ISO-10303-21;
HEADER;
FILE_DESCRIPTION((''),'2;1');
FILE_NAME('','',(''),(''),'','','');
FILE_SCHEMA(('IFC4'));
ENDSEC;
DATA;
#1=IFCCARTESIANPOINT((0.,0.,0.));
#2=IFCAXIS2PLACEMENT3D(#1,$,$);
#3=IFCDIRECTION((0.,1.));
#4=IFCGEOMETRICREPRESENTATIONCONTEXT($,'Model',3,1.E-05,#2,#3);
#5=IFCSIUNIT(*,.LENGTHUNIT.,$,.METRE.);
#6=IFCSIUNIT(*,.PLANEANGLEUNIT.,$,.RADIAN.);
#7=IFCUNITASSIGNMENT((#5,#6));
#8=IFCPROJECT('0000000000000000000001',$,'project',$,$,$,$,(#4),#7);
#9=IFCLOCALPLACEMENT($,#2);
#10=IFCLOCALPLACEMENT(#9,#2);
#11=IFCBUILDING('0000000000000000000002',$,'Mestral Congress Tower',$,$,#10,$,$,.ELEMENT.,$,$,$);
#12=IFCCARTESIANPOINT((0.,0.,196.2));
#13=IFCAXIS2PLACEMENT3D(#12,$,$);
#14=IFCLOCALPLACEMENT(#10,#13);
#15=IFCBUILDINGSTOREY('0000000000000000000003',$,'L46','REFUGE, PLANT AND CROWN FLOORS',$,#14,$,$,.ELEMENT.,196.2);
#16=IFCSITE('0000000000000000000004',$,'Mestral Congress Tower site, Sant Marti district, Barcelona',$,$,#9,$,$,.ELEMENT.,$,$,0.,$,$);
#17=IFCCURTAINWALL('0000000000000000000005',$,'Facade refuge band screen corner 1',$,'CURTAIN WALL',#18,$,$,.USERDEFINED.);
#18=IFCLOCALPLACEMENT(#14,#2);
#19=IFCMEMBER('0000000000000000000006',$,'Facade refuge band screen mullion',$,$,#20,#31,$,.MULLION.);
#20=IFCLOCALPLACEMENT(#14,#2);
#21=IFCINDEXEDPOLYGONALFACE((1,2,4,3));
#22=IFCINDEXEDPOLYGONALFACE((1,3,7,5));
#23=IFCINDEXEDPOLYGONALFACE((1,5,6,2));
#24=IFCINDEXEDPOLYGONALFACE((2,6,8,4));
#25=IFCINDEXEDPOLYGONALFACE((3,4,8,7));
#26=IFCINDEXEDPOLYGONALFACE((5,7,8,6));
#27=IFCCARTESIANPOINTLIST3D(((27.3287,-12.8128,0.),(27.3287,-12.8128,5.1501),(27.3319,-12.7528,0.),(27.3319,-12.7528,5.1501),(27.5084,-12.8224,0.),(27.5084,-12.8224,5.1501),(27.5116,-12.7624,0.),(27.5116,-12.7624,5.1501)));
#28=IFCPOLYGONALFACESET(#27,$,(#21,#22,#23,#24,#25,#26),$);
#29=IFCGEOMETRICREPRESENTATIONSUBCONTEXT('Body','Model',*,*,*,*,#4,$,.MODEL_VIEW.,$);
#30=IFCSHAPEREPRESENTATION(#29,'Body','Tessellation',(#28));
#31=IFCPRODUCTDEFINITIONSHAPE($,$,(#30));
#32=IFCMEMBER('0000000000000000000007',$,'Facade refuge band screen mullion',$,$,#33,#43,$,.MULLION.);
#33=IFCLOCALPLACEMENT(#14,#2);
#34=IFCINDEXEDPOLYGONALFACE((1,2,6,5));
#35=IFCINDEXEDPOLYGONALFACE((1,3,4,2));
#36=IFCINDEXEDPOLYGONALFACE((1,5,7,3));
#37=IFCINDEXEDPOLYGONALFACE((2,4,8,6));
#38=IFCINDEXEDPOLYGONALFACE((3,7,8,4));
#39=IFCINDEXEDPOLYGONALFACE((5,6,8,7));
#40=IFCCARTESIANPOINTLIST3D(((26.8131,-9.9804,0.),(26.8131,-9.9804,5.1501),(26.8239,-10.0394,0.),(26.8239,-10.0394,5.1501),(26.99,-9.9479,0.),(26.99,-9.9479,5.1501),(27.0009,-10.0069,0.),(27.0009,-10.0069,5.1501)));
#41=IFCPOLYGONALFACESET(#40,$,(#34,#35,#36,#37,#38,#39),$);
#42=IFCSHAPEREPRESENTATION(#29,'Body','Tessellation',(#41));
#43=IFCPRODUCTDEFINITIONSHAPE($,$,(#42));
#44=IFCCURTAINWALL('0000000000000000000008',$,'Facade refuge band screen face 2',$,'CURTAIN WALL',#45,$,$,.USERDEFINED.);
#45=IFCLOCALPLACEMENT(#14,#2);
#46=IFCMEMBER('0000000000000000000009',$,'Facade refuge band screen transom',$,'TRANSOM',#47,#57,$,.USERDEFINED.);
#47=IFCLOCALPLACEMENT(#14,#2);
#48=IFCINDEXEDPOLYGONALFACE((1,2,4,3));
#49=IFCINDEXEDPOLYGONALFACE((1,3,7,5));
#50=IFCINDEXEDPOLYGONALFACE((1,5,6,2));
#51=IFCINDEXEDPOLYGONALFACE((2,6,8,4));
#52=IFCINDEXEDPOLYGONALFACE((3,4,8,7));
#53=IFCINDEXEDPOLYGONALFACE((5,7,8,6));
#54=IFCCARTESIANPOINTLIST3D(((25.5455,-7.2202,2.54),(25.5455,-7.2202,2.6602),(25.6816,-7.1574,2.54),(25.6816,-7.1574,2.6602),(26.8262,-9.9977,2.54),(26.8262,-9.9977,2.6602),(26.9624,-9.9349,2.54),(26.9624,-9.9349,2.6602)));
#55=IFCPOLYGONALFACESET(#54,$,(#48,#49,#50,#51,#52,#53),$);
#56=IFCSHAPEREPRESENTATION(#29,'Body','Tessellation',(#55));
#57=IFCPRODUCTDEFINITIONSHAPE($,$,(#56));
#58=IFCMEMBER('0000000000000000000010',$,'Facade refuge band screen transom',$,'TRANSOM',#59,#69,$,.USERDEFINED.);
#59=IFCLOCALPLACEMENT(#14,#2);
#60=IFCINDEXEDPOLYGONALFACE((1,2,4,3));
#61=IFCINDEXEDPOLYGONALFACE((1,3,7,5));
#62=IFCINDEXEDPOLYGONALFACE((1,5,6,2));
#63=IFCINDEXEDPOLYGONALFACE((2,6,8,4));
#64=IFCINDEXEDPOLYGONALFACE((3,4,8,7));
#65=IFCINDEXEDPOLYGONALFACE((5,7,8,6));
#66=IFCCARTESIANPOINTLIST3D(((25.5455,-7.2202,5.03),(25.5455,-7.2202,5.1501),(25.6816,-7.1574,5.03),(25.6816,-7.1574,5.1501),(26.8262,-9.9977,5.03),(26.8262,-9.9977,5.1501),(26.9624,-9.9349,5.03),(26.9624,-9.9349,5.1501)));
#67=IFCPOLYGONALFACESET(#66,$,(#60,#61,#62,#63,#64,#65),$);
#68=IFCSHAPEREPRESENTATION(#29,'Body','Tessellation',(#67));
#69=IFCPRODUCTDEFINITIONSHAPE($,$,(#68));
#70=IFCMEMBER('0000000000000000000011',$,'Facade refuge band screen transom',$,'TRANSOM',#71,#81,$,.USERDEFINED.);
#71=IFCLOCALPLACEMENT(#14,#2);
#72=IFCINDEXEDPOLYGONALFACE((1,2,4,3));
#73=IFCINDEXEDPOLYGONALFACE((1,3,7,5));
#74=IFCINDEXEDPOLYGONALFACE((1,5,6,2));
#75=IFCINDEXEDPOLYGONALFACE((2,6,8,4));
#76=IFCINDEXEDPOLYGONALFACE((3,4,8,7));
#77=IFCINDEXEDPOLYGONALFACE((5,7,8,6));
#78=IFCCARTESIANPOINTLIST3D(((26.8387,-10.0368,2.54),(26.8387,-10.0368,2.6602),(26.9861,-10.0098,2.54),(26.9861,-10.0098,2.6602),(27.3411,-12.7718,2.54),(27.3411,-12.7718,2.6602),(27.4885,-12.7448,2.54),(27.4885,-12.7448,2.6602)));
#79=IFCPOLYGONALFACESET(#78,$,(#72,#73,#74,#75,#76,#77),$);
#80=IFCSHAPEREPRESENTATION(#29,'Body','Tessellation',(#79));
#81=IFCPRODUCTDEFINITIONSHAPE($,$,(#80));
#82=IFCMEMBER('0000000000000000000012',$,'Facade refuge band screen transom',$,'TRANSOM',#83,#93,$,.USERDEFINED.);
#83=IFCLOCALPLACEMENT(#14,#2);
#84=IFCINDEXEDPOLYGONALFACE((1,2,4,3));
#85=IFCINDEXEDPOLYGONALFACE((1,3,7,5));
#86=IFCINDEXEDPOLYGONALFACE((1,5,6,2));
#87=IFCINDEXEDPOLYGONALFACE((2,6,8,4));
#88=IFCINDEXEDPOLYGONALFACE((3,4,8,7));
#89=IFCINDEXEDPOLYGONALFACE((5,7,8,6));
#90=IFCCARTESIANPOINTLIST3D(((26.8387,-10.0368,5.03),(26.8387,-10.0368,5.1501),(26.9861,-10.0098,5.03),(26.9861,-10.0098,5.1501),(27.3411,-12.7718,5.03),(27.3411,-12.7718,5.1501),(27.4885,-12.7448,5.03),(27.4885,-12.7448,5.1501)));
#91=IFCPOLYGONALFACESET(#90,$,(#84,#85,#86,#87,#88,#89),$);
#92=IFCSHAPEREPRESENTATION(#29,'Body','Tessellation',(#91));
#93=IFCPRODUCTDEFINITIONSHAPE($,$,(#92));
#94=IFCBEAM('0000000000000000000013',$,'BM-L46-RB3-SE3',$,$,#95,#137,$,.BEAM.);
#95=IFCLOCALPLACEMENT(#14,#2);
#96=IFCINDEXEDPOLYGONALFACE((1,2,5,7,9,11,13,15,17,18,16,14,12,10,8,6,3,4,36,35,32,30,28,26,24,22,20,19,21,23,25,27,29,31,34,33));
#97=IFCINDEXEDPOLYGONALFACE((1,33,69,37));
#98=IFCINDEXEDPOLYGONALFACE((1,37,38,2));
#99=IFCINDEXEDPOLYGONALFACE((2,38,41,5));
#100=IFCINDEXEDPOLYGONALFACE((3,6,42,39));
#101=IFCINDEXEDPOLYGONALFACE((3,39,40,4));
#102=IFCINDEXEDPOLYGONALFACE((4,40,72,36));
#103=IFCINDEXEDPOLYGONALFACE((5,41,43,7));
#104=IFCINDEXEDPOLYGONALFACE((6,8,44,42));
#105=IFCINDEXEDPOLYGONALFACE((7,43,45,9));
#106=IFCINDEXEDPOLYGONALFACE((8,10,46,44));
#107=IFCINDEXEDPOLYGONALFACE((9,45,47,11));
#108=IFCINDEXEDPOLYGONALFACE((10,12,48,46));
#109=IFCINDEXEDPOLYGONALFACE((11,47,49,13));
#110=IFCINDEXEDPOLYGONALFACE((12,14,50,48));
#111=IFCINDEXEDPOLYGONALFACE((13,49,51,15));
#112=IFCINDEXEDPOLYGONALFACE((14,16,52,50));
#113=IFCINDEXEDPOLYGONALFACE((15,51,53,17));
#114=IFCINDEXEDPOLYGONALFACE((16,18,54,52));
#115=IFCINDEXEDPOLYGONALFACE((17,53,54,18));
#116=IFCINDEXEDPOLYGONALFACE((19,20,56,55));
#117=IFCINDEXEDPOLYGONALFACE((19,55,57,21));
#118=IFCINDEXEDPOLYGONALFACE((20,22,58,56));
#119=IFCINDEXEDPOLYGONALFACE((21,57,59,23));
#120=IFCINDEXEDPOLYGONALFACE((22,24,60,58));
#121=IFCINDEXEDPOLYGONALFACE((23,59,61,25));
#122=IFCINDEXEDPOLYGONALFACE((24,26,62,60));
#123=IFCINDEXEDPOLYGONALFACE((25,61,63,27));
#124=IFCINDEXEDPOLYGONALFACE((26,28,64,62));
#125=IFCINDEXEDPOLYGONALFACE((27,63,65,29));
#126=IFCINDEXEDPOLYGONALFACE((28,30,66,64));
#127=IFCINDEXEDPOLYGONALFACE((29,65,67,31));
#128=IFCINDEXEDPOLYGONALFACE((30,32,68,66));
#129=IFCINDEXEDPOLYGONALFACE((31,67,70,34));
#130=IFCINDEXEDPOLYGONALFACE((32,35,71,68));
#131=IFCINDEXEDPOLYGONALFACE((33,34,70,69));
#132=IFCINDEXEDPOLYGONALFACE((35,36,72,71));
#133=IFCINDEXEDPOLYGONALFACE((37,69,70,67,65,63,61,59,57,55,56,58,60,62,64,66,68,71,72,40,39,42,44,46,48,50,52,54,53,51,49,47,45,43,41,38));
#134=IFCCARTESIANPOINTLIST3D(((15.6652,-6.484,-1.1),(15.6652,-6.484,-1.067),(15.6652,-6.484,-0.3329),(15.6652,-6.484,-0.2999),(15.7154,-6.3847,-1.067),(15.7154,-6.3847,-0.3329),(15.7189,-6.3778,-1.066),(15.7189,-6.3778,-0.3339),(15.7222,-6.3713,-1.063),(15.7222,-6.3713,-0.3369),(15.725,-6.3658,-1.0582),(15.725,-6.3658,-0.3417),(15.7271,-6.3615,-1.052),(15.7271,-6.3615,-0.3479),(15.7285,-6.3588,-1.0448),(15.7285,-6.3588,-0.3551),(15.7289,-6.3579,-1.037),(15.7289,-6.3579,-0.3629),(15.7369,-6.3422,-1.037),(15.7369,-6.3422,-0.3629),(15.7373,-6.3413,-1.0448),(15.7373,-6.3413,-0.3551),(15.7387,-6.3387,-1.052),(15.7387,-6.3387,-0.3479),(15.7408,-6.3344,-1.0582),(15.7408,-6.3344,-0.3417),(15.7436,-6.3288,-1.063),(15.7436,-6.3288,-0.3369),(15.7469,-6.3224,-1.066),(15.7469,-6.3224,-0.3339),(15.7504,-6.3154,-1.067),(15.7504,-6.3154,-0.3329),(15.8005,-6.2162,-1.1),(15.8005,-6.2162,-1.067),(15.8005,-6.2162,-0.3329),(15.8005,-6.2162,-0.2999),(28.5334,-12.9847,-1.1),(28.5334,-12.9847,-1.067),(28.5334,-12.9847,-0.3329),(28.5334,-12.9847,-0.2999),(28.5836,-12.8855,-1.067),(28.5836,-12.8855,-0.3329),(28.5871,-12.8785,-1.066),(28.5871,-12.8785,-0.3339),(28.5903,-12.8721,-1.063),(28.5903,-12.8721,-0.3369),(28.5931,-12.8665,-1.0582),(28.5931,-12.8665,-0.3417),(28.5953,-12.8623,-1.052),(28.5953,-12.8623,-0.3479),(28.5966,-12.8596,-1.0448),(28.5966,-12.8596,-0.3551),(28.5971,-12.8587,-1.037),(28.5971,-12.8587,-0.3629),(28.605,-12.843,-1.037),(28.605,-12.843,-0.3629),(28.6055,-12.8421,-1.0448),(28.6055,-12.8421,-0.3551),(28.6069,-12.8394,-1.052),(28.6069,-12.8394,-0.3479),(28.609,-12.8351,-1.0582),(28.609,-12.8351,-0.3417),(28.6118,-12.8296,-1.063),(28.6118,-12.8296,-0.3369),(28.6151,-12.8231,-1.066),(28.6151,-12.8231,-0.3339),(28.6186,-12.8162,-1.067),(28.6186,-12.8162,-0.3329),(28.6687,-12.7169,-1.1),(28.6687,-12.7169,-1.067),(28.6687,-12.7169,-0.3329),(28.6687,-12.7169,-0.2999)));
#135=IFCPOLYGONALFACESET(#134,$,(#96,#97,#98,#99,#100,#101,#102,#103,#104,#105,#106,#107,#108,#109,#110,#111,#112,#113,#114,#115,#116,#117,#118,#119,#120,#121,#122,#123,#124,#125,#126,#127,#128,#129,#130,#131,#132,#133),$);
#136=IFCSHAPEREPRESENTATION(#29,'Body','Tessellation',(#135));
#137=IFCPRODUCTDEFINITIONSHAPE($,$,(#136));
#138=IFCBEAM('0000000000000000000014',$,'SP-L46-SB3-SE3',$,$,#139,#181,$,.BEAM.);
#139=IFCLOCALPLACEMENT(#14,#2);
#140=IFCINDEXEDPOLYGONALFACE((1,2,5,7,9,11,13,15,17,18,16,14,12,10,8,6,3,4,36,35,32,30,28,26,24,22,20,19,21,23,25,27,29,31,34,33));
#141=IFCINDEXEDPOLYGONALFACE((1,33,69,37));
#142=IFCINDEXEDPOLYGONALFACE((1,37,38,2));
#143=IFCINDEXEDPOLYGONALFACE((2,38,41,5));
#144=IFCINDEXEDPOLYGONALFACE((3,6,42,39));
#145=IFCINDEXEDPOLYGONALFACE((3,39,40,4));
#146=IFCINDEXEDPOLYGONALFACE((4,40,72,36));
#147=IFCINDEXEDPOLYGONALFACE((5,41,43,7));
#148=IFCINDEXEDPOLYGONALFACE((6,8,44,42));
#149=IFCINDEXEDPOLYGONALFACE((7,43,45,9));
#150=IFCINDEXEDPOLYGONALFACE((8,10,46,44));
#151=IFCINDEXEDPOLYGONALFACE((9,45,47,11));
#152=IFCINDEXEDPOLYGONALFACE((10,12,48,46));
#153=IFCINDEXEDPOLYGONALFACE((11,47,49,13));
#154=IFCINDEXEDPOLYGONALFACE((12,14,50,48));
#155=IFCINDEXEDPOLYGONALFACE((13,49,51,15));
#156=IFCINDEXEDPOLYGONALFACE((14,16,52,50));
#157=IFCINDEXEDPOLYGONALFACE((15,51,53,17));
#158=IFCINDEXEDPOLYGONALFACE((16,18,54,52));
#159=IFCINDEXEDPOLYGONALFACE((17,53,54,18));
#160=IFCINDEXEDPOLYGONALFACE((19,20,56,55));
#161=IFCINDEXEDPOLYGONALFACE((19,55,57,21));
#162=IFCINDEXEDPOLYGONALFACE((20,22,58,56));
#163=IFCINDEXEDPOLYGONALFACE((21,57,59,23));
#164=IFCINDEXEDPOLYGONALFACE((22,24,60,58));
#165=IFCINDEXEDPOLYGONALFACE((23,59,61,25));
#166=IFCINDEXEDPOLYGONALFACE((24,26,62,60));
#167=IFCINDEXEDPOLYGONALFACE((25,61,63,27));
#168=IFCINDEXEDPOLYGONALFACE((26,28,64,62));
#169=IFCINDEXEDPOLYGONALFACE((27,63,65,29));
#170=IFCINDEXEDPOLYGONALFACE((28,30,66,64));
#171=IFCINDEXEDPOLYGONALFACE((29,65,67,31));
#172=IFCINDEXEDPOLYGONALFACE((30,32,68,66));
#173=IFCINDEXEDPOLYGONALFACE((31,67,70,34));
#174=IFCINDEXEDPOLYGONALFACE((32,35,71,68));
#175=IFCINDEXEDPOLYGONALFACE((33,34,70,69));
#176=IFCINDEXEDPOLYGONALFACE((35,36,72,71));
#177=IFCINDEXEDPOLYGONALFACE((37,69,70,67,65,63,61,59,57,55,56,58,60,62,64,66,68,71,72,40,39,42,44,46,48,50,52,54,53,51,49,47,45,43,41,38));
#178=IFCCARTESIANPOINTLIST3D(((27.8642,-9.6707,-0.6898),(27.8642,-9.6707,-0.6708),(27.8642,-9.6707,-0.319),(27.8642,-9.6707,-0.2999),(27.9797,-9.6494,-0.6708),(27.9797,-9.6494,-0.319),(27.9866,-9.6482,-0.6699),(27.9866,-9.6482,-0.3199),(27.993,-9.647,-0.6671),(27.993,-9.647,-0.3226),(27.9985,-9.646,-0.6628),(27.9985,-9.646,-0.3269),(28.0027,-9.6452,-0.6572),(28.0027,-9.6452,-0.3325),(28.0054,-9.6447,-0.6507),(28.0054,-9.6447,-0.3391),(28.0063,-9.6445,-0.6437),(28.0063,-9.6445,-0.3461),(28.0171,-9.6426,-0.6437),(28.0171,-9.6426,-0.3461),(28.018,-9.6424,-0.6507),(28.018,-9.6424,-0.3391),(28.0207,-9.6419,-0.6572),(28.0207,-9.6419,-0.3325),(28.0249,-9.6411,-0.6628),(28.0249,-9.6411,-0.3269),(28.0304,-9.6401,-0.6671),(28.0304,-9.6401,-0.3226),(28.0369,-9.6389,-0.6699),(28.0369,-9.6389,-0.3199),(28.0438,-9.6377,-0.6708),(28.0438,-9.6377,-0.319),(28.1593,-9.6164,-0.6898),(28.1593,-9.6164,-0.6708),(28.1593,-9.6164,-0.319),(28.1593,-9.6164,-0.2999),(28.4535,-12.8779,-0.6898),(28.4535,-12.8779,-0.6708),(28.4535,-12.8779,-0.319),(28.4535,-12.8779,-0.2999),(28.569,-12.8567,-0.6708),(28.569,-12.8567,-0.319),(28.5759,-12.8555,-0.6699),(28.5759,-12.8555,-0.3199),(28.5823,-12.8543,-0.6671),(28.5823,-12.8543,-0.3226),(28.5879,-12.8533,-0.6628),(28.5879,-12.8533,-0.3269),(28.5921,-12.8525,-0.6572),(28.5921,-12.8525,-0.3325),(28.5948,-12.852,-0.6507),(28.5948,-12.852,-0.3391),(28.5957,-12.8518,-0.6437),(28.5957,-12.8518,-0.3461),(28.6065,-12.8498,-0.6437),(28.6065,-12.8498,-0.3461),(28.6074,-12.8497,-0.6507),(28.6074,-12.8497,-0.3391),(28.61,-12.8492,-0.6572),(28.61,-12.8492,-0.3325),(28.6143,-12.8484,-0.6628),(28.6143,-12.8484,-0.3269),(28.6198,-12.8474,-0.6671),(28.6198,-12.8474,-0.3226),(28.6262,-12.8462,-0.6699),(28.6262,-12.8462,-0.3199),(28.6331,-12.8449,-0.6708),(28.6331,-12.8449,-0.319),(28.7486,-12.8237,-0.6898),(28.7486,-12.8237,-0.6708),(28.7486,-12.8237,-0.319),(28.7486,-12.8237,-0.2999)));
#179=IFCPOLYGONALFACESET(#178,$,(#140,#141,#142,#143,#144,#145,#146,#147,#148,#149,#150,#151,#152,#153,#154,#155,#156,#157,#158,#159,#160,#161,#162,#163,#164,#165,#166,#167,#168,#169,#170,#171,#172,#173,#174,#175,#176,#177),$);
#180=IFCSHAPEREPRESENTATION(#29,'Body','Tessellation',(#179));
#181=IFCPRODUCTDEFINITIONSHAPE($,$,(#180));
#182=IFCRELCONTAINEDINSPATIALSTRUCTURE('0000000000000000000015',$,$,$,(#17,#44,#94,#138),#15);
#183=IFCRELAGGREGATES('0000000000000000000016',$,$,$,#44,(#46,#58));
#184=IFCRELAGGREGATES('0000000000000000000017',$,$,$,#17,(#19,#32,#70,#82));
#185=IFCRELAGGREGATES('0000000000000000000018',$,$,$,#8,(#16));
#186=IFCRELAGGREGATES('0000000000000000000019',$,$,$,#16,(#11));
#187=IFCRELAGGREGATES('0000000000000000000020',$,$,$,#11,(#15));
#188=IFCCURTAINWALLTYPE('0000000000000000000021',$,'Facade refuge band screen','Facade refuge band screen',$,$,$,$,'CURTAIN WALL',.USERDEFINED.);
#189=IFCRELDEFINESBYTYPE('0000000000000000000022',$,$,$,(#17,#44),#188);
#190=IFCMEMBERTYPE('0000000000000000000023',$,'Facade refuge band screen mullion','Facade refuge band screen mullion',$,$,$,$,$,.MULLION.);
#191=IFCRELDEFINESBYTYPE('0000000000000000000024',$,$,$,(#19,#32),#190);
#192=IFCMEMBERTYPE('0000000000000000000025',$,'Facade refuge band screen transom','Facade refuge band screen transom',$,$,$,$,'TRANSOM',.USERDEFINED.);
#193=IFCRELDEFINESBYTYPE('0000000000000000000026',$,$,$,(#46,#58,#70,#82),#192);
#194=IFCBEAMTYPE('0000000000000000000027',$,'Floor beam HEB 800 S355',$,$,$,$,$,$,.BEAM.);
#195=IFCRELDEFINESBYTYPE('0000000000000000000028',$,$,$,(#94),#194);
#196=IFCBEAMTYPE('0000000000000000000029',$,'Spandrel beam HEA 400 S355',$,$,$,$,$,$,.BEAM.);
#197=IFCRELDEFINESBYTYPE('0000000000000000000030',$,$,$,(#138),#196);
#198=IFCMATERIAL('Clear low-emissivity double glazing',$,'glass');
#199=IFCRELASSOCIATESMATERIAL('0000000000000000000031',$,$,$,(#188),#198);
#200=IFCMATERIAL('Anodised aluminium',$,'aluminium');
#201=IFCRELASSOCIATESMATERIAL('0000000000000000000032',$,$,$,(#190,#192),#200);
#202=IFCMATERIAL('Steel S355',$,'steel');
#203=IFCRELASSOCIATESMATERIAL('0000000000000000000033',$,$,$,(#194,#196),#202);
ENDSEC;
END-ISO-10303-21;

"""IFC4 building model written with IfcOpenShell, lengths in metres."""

from ifc_helpers import new_model, si_unit, direction, frame, origin, origin_2d, place, context, subcontext, project, spatial, rectangle, i_section, extrude, material, material_profile, profile_set, type_object, element, aggregate, save


model = new_model("IFC4")

# Units and contexts
model_context = context("Model", 3, precision=1e-05, world=origin(), true_north=direction((0.0, 1.0)))
body_context = subcontext(model_context, "Body", "Model", "MODEL_VIEW")
ifc_project = project(units=[si_unit("LENGTHUNIT", "METRE"), si_unit("PLANEANGLEUNIT", "RADIAN")], contexts=[model_context])

# Site, building, storey
site_placement = place(None, origin())
site = spatial("IfcSite", under=ifc_project, at=site_placement, Name="Mestral Congress Tower site, Sant Marti district, Barcelona", CompositionType="ELEMENT", RefElevation=0.0)
building_placement = place(site_placement, origin())
building = spatial("IfcBuilding", under=site, at=building_placement, Name="Mestral Congress Tower", CompositionType="ELEMENT")
storey_placement = place(building_placement, frame((0.0, 0.0, 196.2)))
storey = spatial("IfcBuildingStorey", under=building, at=storey_placement, Name="L46", Description="REFUGE, PLANT AND CROWN FLOORS", CompositionType="ELEMENT", Elevation=196.2)

# Shared definitions
ifc_material_1 = material(Name="Steel S355", Category="steel")

# Curtain walls, members
ifc_material_2 = material(Name="Clear low-emissivity double glazing", Category="glass")
curtain_wall_type = type_object("IfcCurtainWallType", Name="Facade refuge band screen", Description="Facade refuge band screen", ElementType="CURTAIN WALL", PredefinedType="USERDEFINED", material=ifc_material_2)
placement = place(storey_placement, origin())
curtain_wall_1 = element("IfcCurtainWall", 1, at=placement, inside=storey, type_object=curtain_wall_type, Name="Facade refuge band screen corner 1", ObjectType="CURTAIN WALL", PredefinedType="USERDEFINED")
ifc_material_3 = material(Name="Anodised aluminium", Category="aluminium")
ifc_material_profile_1 = material_profile(ifc_material_3, rectangle(XDim=0.1799, YDim=0.0601, at=origin_2d()), Name="CW3 mullion 180 x 60")
ifc_profile_set_1 = profile_set([ifc_material_profile_1], Name="Anodised aluminium")
member_type_1 = type_object("IfcMemberType", Name="Facade refuge band screen mullion", Description="Facade refuge band screen mullion", PredefinedType="MULLION", material=ifc_profile_set_1)
member_1_placement = place(storey_placement, frame((27.4202, -12.7876, 0.0), z_axis=(0.0, 0.0, 1.0), x_axis=(0.998574, -0.053392, 0.0)))
member_1 = element("IfcMember", 2, at=member_1_placement, type_object=member_type_1, Name="Facade refuge band screen mullion", PredefinedType="MULLION", context=body_context, shape_type="SweptSolid", body=[
    extrude(rectangle(XDim=0.1799, YDim=0.0601, at=origin_2d()), origin(), (0.0, 0.0, 1.0), 5.1501),
])
member_2_placement = place(storey_placement, frame((26.907, -9.9937, 0.0), z_axis=(0.0, 0.0, 1.0), x_axis=(0.983543, 0.180675, 0.0)))
member_2 = element("IfcMember", 3, at=member_2_placement, type_object=member_type_1, Name="Facade refuge band screen mullion", PredefinedType="MULLION", context=body_context, shape_type="SweptSolid", body=[
    extrude(rectangle(XDim=0.1799, YDim=0.0601, at=origin_2d()), origin(), (0.0, 0.0, 1.0), 5.1501),
])
curtain_wall_2 = element("IfcCurtainWall", 4, at=placement, inside=storey, type_object=curtain_wall_type, Name="Facade refuge band screen face 2", ObjectType="CURTAIN WALL", PredefinedType="USERDEFINED")
ifc_material_profile_2 = material_profile(ifc_material_3, rectangle(XDim=0.1499, YDim=0.1201, at=origin_2d()), Name="CW3 transom 150 x 120")
ifc_profile_set_2 = profile_set([ifc_material_profile_2], Name="Anodised aluminium")
member_type_2 = type_object("IfcMemberType", Name="Facade refuge band screen transom", Description="Facade refuge band screen transom", ElementType="TRANSOM", PredefinedType="USERDEFINED", material=ifc_profile_set_2)
member_3_placement = place(storey_placement, frame((26.8943, -9.9663, 2.6001), z_axis=(-0.418734, 0.908109, 0.0), x_axis=(-0.908109, -0.418734, 0.0)))
member_3 = element("IfcMember", 5, at=member_3_placement, type_object=member_type_2, Name="Facade refuge band screen transom", ObjectType="TRANSOM", PredefinedType="USERDEFINED", context=body_context, shape_type="SweptSolid", body=[
    extrude(rectangle(XDim=0.1499, YDim=0.1201, at=origin_2d()), origin(), (0.0, 0.0, 1.0), 3.0586),
])
member_4_placement = place(storey_placement, frame((26.8943, -9.9663, 5.0901), z_axis=(-0.418734, 0.908109, 0.0), x_axis=(-0.908109, -0.418734, 0.0)))
member_4 = element("IfcMember", 6, at=member_4_placement, type_object=member_type_2, Name="Facade refuge band screen transom", ObjectType="TRANSOM", PredefinedType="USERDEFINED", context=body_context, shape_type="SweptSolid", body=[
    extrude(rectangle(XDim=0.1499, YDim=0.1201, at=origin_2d()), origin(), (0.0, 0.0, 1.0), 3.0586),
])

# Members
member_5_placement = place(storey_placement, frame((27.4148, -12.7583, 2.6001), z_axis=(-0.180678, 0.983542, 0.0), x_axis=(-0.983542, -0.180678, 0.0)))
member_5 = element("IfcMember", 7, at=member_5_placement, type_object=member_type_2, Name="Facade refuge band screen transom", ObjectType="TRANSOM", PredefinedType="USERDEFINED", context=body_context, shape_type="SweptSolid", body=[
    extrude(rectangle(XDim=0.1499, YDim=0.1201, at=origin_2d()), origin(), (0.0, 0.0, 1.0), 2.7808),
])
member_6_placement = place(storey_placement, frame((27.4148, -12.7583, 5.0901), z_axis=(-0.180678, 0.983542, 0.0), x_axis=(-0.983542, -0.180678, 0.0)))
member_6 = element("IfcMember", 8, at=member_6_placement, type_object=member_type_2, Name="Facade refuge band screen transom", ObjectType="TRANSOM", PredefinedType="USERDEFINED", context=body_context, shape_type="SweptSolid", body=[
    extrude(rectangle(XDim=0.1499, YDim=0.1201, at=origin_2d()), origin(), (0.0, 0.0, 1.0), 2.7808),
])

# Beams
ifc_material_profile_3 = material_profile(ifc_material_1, i_section(OverallWidth=0.3, OverallDepth=0.8, WebThickness=0.0176, FlangeThickness=0.033, FilletRadius=0.03, at=origin_2d()), Name="HEB 800")
ifc_profile_set_3 = profile_set([ifc_material_profile_3], Name="Steel S355")
beam_type_1 = type_object("IfcBeamType", Name="Floor beam HEB 800 S355", PredefinedType="BEAM", material=ifc_profile_set_3)
beam_1_placement = place(storey_placement, frame((28.6011, -12.8508, -0.7), z_axis=(-0.89257, 0.450908, 0.0), x_axis=(-0.450908, -0.89257, 0.0)))
element("IfcBeam", 9, at=beam_1_placement, inside=storey, type_object=beam_type_1, Name="BM-L46-RB3-SE3", PredefinedType="BEAM", context=body_context, shape_type="SweptSolid", body=[
    extrude(i_section(OverallWidth=0.3, OverallDepth=0.8, WebThickness=0.0176, FlangeThickness=0.033, FilletRadius=0.03, at=origin_2d()), origin(), (0.0, 0.0, 1.0), 14.417),
])
ifc_material_profile_4 = material_profile(ifc_material_1, i_section(OverallWidth=0.3, OverallDepth=0.3899, WebThickness=0.011, FlangeThickness=0.019, FilletRadius=0.0271, at=origin_2d()), Name="HEA 400")
ifc_profile_set_4 = profile_set([ifc_material_profile_4], Name="Steel S355")
beam_type_2 = type_object("IfcBeamType", Name="Spandrel beam HEA 400 S355", PredefinedType="BEAM", material=ifc_profile_set_4)
beam_2_placement = place(storey_placement, frame((28.6011, -12.8508, -0.4949), z_axis=(-0.18073, 0.983533, 0.0), x_axis=(-0.983533, -0.18073, 0.0)))
element("IfcBeam", 10, at=beam_2_placement, inside=storey, type_object=beam_type_2, Name="SP-L46-SB3-SE3", PredefinedType="BEAM", context=body_context, shape_type="SweptSolid", body=[
    extrude(i_section(OverallWidth=0.3, OverallDepth=0.3899, WebThickness=0.011, FlangeThickness=0.019, FilletRadius=0.0271, at=origin_2d()), origin(), (0.0, 0.0, 1.0), 3.261),
])

aggregate(curtain_wall_2, [member_3, member_4])
aggregate(curtain_wall_1, [member_1, member_2, member_5, member_6])

save(model, "model.ifc")
